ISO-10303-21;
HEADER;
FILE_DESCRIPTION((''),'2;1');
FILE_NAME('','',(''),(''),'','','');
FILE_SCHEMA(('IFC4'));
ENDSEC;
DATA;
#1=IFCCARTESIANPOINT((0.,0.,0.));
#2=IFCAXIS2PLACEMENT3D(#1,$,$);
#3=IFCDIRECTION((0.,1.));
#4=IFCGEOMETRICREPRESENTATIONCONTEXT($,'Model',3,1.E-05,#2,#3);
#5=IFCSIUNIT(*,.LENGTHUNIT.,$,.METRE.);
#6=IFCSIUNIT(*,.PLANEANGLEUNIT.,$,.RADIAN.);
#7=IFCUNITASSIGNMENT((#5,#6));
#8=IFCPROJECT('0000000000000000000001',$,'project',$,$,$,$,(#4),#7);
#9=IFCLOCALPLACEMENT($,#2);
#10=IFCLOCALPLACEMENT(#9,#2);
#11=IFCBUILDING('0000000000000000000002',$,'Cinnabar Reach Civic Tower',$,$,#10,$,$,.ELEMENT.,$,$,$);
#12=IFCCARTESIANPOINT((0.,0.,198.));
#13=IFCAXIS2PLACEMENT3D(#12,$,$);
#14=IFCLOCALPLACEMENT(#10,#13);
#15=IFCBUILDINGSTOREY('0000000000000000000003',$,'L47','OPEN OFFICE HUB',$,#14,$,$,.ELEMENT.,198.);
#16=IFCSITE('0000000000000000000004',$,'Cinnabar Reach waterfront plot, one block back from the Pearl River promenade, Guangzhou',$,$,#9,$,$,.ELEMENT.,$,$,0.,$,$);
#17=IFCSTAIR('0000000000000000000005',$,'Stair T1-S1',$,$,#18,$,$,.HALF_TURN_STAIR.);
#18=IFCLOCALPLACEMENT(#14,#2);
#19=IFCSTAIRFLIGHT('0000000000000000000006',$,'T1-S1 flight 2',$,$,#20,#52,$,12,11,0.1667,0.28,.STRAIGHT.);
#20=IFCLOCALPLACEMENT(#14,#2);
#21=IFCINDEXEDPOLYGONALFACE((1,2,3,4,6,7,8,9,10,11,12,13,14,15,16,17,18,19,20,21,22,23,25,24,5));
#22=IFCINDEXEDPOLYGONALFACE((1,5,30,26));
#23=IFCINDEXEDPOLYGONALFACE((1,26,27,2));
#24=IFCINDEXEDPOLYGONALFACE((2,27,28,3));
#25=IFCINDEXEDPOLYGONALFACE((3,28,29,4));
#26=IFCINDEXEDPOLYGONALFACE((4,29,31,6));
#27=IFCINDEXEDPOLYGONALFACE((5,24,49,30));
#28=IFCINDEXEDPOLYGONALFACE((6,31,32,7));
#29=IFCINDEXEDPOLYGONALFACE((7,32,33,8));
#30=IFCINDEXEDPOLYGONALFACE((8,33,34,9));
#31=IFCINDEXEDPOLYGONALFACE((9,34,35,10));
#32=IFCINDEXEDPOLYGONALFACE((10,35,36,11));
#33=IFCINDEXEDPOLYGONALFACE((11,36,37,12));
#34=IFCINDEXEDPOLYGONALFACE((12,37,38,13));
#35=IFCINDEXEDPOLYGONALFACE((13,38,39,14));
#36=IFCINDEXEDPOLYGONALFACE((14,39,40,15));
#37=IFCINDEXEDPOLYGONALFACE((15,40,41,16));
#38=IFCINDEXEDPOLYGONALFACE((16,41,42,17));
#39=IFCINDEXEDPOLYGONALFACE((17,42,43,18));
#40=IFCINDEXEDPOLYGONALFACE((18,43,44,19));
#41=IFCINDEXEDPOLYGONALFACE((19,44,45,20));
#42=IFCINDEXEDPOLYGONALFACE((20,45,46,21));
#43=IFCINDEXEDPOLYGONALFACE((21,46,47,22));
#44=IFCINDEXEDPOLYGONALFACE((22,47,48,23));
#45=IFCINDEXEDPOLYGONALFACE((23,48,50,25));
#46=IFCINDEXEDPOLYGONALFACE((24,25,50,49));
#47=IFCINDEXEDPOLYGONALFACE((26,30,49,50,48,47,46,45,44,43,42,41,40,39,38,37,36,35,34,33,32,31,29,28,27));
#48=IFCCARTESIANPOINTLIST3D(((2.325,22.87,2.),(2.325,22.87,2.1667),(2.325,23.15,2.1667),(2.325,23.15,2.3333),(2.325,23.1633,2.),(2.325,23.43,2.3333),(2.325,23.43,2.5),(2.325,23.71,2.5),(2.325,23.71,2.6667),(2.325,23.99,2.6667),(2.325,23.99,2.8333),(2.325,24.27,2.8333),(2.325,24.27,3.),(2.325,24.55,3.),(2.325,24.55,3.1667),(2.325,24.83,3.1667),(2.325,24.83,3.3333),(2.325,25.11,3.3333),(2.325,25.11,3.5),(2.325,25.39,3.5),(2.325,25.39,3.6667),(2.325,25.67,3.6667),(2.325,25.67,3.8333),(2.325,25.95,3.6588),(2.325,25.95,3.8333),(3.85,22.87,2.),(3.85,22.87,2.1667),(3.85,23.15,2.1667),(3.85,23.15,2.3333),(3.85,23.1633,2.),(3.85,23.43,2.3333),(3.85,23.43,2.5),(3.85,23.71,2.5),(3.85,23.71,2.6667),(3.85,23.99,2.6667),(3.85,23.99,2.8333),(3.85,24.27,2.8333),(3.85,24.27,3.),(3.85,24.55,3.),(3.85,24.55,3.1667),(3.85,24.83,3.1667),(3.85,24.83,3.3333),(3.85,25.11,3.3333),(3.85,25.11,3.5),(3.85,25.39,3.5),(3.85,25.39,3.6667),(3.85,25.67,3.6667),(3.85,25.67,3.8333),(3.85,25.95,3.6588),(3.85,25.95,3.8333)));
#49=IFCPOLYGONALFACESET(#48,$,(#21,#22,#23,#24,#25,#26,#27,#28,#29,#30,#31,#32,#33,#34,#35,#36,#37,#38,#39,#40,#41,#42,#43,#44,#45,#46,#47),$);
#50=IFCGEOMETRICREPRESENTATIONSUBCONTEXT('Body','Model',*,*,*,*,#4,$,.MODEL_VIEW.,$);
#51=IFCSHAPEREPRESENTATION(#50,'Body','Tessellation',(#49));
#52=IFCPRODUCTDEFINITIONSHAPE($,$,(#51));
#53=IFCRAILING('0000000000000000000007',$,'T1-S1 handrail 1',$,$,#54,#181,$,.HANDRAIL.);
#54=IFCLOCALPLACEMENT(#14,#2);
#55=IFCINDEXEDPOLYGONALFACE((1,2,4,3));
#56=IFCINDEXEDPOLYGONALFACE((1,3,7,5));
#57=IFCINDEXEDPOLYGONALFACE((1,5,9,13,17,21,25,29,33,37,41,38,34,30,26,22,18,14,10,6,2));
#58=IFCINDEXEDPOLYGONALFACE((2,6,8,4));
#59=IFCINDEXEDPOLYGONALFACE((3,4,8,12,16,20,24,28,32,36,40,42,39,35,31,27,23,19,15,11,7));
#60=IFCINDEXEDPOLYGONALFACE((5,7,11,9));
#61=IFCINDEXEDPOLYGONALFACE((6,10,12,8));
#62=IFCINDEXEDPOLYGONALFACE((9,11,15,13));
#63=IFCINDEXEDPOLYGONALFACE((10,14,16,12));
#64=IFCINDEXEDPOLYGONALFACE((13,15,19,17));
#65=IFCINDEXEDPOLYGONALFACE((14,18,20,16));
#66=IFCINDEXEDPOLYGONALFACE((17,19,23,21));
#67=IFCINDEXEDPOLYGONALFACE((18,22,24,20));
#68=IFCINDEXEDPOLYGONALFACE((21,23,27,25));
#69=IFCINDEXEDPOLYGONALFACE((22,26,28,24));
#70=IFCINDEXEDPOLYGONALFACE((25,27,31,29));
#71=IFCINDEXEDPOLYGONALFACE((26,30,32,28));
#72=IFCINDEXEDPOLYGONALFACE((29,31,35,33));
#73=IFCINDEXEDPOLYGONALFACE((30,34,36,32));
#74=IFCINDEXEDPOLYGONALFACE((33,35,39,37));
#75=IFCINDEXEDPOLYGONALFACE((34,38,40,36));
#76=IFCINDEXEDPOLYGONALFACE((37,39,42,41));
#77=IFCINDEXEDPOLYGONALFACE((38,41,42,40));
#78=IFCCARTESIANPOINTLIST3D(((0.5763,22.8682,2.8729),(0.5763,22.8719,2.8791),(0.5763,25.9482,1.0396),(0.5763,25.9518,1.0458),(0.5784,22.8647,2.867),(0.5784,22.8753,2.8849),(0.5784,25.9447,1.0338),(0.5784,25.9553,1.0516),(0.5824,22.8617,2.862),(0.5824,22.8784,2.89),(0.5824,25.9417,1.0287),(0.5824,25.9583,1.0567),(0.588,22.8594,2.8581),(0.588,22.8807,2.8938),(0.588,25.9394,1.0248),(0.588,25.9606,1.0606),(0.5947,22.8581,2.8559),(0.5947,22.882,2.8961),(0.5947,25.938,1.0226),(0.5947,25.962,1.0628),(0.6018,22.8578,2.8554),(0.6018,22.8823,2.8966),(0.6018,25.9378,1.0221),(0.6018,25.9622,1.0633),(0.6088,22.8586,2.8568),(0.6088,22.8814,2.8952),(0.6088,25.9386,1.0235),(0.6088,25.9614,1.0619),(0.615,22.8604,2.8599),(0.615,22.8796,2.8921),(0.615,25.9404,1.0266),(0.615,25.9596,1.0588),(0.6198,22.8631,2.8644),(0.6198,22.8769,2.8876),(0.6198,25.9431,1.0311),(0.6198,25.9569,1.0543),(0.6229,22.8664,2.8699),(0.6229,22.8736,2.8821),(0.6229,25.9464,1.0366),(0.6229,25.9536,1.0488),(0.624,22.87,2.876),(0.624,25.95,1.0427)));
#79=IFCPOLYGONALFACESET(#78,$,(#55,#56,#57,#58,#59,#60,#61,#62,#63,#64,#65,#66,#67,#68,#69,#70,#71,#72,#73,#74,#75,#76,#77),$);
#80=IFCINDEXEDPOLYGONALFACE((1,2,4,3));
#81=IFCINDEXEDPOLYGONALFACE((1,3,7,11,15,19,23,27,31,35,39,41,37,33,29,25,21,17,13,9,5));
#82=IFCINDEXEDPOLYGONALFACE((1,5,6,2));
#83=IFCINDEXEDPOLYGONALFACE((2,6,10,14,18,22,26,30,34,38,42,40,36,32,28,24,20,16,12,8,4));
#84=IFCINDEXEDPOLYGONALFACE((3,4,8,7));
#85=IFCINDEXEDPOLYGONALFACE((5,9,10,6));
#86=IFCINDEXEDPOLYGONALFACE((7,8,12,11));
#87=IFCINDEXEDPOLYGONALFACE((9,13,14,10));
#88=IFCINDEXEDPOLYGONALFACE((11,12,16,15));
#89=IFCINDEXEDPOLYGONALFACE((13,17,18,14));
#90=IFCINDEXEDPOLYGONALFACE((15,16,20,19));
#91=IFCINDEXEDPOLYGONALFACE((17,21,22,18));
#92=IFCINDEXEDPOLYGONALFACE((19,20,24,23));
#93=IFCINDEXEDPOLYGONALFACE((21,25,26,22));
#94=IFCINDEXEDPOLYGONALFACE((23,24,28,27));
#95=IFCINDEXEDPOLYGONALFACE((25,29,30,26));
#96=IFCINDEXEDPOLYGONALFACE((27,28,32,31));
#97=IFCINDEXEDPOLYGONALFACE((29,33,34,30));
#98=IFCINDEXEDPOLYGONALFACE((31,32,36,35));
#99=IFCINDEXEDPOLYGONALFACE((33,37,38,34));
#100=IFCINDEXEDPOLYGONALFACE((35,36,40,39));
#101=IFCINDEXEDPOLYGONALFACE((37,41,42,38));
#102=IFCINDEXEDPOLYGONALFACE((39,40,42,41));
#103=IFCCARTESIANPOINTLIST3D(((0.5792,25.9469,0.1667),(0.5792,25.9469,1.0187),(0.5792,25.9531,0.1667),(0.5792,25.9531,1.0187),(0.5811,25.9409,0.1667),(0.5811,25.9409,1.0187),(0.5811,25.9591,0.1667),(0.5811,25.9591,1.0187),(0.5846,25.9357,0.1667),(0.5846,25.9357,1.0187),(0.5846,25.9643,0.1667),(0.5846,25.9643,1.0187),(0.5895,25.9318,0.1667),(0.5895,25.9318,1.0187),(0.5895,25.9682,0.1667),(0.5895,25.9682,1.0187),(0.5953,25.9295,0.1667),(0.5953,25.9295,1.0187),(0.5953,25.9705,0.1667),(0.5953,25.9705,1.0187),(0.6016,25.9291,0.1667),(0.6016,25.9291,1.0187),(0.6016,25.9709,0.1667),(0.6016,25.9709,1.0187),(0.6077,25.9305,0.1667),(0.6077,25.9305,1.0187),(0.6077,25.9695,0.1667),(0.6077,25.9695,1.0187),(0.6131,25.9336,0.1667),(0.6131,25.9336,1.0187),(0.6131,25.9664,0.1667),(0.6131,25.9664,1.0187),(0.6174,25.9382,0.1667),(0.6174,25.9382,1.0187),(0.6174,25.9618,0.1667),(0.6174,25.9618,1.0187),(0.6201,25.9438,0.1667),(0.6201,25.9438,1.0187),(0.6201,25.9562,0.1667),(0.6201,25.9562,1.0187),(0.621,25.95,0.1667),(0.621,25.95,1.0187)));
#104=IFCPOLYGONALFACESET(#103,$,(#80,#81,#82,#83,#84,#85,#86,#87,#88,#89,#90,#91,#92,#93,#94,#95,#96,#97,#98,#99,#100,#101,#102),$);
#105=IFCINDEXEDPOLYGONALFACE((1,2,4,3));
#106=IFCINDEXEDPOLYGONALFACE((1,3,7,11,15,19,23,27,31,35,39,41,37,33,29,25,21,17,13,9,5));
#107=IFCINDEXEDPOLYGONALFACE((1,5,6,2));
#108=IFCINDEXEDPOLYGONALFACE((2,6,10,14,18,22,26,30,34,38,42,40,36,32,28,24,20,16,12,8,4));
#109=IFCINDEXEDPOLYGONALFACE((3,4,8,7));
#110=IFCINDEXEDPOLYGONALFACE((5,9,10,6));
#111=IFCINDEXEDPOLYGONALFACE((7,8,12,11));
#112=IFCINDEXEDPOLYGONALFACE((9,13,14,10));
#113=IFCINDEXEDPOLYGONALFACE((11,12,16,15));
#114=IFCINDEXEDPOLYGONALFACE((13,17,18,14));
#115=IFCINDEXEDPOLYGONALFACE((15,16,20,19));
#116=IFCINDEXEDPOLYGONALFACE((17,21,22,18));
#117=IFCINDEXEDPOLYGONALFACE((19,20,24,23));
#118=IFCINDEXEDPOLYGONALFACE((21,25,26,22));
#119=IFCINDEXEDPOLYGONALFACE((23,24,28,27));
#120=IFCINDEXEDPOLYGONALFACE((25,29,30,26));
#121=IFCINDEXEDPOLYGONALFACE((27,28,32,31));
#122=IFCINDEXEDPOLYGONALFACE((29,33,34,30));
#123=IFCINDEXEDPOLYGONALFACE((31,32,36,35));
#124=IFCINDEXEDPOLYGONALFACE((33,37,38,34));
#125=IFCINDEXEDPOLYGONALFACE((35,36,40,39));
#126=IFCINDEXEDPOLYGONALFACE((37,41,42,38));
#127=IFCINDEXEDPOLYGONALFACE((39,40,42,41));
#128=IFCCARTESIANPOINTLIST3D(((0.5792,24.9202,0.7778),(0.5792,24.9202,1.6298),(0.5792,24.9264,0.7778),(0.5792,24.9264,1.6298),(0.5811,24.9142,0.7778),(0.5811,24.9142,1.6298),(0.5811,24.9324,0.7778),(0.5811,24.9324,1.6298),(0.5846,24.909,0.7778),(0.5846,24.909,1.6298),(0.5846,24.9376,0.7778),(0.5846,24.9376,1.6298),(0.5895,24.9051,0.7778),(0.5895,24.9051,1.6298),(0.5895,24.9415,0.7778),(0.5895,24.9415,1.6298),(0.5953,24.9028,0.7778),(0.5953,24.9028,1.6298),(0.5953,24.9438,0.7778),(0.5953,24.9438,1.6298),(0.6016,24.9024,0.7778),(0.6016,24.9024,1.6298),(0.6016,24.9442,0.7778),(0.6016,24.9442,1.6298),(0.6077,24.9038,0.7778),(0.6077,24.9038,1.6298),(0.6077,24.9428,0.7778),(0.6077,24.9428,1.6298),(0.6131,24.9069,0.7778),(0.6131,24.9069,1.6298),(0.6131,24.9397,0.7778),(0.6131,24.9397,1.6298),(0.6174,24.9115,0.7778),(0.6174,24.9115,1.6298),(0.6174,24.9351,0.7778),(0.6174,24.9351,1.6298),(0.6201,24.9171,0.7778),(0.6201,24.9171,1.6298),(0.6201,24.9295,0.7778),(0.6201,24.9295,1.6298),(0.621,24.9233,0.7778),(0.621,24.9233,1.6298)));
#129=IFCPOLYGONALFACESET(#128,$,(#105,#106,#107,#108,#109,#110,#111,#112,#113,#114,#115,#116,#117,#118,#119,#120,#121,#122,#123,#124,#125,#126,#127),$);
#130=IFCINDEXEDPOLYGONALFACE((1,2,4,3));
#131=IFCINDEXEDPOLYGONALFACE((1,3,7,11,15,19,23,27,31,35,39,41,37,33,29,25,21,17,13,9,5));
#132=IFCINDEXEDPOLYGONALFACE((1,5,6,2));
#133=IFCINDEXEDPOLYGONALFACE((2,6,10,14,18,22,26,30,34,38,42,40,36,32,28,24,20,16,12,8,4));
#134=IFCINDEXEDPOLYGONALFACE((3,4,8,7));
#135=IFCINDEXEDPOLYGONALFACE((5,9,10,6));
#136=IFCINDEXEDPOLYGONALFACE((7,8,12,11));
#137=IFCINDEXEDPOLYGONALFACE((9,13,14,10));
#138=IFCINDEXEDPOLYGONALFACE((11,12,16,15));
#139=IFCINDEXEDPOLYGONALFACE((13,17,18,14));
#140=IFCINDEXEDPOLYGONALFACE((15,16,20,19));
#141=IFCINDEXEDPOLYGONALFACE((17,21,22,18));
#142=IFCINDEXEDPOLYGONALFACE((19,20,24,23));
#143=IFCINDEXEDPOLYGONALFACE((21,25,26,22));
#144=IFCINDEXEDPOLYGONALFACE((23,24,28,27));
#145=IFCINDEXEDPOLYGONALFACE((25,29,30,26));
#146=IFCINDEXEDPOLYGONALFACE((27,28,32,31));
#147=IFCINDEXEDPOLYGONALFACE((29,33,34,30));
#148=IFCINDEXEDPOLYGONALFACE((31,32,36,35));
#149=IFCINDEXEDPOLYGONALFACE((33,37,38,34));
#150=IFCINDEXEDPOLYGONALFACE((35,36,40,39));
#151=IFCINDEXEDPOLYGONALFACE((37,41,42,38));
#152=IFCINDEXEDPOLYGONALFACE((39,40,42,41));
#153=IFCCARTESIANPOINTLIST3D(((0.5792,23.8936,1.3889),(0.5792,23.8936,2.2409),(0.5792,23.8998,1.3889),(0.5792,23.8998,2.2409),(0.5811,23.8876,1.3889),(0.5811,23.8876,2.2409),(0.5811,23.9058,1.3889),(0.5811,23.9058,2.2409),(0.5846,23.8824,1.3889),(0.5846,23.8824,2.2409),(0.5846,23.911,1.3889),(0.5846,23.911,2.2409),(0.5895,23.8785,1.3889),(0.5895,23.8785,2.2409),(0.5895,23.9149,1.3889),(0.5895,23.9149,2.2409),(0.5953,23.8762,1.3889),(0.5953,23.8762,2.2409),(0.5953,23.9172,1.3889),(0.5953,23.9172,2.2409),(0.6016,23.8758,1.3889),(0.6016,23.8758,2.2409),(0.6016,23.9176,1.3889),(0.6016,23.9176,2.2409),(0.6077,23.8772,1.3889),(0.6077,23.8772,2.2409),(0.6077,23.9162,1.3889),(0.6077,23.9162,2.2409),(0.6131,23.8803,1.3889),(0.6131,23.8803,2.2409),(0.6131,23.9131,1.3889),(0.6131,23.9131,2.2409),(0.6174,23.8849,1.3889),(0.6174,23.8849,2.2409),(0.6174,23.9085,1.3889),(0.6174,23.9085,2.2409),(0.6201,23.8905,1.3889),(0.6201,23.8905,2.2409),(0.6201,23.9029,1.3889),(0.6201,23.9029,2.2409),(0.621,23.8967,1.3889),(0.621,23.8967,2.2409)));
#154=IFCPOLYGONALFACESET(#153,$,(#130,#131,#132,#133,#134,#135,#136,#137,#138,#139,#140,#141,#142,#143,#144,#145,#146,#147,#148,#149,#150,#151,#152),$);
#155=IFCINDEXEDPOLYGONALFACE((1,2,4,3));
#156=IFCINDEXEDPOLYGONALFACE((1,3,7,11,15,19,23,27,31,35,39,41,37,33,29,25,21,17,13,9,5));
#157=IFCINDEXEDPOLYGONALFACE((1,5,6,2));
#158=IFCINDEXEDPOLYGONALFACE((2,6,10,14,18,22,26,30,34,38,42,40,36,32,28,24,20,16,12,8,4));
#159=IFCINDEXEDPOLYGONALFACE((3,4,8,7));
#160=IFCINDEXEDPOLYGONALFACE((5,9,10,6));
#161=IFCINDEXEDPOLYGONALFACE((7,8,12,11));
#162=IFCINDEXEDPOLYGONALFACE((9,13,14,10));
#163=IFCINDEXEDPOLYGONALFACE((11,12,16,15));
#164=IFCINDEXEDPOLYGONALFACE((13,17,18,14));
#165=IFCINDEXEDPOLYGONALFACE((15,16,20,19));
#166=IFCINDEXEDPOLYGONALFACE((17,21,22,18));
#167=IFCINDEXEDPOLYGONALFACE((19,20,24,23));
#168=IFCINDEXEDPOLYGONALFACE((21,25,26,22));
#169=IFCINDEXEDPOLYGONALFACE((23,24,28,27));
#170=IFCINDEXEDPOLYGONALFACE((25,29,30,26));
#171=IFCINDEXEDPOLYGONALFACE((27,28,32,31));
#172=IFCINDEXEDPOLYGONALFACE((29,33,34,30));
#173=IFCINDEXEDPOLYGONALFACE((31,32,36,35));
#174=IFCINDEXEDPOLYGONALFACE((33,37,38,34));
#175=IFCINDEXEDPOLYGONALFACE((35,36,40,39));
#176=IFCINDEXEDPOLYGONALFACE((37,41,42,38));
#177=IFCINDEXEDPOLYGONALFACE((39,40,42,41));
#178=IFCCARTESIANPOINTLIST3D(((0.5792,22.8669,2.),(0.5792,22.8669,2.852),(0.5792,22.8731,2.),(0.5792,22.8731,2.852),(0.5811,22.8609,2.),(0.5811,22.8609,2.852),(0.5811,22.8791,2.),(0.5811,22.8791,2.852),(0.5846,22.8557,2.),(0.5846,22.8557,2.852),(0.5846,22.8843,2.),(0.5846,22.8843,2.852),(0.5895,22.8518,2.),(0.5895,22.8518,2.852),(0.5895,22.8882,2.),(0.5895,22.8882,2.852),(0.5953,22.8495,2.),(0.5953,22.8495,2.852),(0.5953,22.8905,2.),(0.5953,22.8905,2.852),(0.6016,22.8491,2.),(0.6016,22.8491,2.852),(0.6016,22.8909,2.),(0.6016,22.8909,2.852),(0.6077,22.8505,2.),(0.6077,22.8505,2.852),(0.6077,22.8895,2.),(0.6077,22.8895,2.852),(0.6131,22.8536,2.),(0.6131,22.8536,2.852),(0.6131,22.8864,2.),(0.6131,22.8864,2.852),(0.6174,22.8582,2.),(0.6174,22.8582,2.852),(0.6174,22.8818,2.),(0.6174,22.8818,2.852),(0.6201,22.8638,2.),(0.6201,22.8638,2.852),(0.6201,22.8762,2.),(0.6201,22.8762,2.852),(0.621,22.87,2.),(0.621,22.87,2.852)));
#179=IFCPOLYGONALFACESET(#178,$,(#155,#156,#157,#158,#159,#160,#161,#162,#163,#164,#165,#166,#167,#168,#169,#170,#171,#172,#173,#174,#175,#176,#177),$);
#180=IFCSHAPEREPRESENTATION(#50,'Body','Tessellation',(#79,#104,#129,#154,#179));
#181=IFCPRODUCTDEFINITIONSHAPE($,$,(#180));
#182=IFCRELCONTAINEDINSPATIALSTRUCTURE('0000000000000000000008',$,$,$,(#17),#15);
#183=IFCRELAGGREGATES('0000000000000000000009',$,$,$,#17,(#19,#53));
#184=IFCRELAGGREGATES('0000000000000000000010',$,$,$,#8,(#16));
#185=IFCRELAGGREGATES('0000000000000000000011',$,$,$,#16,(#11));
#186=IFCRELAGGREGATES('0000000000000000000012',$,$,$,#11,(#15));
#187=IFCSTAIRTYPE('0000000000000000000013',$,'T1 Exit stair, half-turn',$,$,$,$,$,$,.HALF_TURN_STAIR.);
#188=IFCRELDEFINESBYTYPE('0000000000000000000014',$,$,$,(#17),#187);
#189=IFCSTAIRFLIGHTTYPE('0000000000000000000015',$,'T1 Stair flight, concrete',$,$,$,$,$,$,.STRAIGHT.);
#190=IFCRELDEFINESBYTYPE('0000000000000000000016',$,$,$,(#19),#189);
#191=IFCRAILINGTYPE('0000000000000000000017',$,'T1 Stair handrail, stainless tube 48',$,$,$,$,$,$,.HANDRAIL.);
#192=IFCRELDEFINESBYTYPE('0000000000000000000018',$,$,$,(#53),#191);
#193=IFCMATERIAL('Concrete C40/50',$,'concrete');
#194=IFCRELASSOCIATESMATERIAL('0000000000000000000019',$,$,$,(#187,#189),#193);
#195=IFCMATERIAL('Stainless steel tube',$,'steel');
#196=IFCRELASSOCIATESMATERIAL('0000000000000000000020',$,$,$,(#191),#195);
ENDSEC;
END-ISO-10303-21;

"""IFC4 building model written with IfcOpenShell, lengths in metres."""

from ifc_helpers import new_model, si_unit, direction, frame, origin, origin_2d, place, context, subcontext, project, spatial, polyline, circle, outline, extrude, material, type_object, element, aggregate, save


model = new_model("IFC4")

# Units and contexts
model_context = context("Model", 3, precision=1e-05, world=origin(), true_north=direction((0.0, 1.0)))
body_context = subcontext(model_context, "Body", "Model", "MODEL_VIEW")
ifc_project = project(units=[si_unit("LENGTHUNIT", "METRE"), si_unit("PLANEANGLEUNIT", "RADIAN")], contexts=[model_context])

# Site, building, storey
site_placement = place(None, origin())
site = spatial("IfcSite", under=ifc_project, at=site_placement, Name="Cinnabar Reach waterfront plot, one block back from the Pearl River promenade, Guangzhou", CompositionType="ELEMENT", RefElevation=0.0)
building_placement = place(site_placement, origin())
building = spatial("IfcBuilding", under=site, at=building_placement, Name="Cinnabar Reach Civic Tower", CompositionType="ELEMENT")
storey_placement = place(building_placement, frame((0.0, 0.0, 198.0)))
storey = spatial("IfcBuildingStorey", under=building, at=storey_placement, Name="L47", Description="OPEN OFFICE HUB", CompositionType="ELEMENT", Elevation=198.0)

# Shared definitions
ifc_material_1 = material(Name="Concrete C40/50", Category="concrete")

# Stair, stair flight, railing
stair_type = type_object("IfcStairType", Name="T1 Exit stair, half-turn", PredefinedType="HALF_TURN_STAIR", material=ifc_material_1)
stair_placement = place(storey_placement, origin())
stair = element("IfcStair", 1, at=stair_placement, inside=storey, type_object=stair_type, Name="Stair T1-S1", PredefinedType="HALF_TURN_STAIR")
stair_flight_type = type_object("IfcStairFlightType", Name="T1 Stair flight, concrete", PredefinedType="STRAIGHT", material=ifc_material_1)
stair_flight_1_placement = place(storey_placement, frame((3.0875, 22.87, 2.0), z_axis=(0.0, 0.0, 1.0), x_axis=(0.0, 1.0, 0.0)))
stair_flight_1 = element("IfcStairFlight", 2, at=stair_flight_1_placement, type_object=stair_flight_type, Name="T1-S1 flight 2", NumberOfRisers=12, NumberOfTreads=11, PredefinedType="STRAIGHT", RiserHeight=0.1667, TreadLength=0.28, context=body_context, shape_type="SweptSolid", body=[
    extrude(outline(polyline([(0.0, 0.0), (0.0, 0.1667), (0.28, 0.1667), (0.28, 0.3333), (0.56, 0.3333), (0.56, 0.5), (0.84, 0.5), (0.84, 0.6667), (1.12, 0.6667), (1.12, 0.8333), (1.4, 0.8333), (1.4, 1.0), (1.68, 1.0), (1.68, 1.1667), (1.96, 1.1667), (1.96, 1.3333), (2.24, 1.3333), (2.24, 1.5), (2.52, 1.5), (2.52, 1.6667), (2.8, 1.6667), (2.8, 1.8333), (3.08, 1.8333), (3.08, 2.0), (3.08, 1.6588), (0.2933, 0.0), (0.0, 0.0)])), frame((0.0, 0.7625, 0.0), z_axis=(0.0, -1.0, 0.0), x_axis=(1.0, 0.0, 0.0)), (0.0, 0.0, 1.0), 1.525),
])
ifc_material_2 = material(Name="Stainless steel tube", Category="steel")
railing_type = type_object("IfcRailingType", Name="T1 Stair handrail, stainless tube 48", PredefinedType="HANDRAIL", material=ifc_material_2)
railing_1_placement = place(storey_placement, frame((0.6, 25.95, 0.1667)))
railing_1 = element("IfcRailing", 3, at=railing_1_placement, type_object=railing_type, Name="T1-S1 handrail 1", PredefinedType="HANDRAIL", context=body_context, shape_type="SweptSolid", body=[
    extrude(circle(Radius=0.024, at=origin_2d()), frame((0.0, 0.0, 0.876), z_axis=(0.0, -0.859297, 0.511477), x_axis=(1.0, 0.0, 0.0)), (0.0, 0.0, 1.0), 3.5843),
    extrude(circle(Radius=0.021, at=origin_2d()), origin(), (0.0, 0.0, 1.0), 0.852),
    extrude(circle(Radius=0.021, at=origin_2d()), frame((0.0, -1.0267, 0.6111)), (0.0, 0.0, 1.0), 0.852),
    extrude(circle(Radius=0.021, at=origin_2d()), frame((0.0, -2.0533, 1.2222)), (0.0, 0.0, 1.0), 0.852),
    extrude(circle(Radius=0.021, at=origin_2d()), frame((0.0, -3.08, 1.8333)), (0.0, 0.0, 1.0), 0.852),
])
aggregate(stair, [stair_flight_1, railing_1])

save(model, "model.ifc")
